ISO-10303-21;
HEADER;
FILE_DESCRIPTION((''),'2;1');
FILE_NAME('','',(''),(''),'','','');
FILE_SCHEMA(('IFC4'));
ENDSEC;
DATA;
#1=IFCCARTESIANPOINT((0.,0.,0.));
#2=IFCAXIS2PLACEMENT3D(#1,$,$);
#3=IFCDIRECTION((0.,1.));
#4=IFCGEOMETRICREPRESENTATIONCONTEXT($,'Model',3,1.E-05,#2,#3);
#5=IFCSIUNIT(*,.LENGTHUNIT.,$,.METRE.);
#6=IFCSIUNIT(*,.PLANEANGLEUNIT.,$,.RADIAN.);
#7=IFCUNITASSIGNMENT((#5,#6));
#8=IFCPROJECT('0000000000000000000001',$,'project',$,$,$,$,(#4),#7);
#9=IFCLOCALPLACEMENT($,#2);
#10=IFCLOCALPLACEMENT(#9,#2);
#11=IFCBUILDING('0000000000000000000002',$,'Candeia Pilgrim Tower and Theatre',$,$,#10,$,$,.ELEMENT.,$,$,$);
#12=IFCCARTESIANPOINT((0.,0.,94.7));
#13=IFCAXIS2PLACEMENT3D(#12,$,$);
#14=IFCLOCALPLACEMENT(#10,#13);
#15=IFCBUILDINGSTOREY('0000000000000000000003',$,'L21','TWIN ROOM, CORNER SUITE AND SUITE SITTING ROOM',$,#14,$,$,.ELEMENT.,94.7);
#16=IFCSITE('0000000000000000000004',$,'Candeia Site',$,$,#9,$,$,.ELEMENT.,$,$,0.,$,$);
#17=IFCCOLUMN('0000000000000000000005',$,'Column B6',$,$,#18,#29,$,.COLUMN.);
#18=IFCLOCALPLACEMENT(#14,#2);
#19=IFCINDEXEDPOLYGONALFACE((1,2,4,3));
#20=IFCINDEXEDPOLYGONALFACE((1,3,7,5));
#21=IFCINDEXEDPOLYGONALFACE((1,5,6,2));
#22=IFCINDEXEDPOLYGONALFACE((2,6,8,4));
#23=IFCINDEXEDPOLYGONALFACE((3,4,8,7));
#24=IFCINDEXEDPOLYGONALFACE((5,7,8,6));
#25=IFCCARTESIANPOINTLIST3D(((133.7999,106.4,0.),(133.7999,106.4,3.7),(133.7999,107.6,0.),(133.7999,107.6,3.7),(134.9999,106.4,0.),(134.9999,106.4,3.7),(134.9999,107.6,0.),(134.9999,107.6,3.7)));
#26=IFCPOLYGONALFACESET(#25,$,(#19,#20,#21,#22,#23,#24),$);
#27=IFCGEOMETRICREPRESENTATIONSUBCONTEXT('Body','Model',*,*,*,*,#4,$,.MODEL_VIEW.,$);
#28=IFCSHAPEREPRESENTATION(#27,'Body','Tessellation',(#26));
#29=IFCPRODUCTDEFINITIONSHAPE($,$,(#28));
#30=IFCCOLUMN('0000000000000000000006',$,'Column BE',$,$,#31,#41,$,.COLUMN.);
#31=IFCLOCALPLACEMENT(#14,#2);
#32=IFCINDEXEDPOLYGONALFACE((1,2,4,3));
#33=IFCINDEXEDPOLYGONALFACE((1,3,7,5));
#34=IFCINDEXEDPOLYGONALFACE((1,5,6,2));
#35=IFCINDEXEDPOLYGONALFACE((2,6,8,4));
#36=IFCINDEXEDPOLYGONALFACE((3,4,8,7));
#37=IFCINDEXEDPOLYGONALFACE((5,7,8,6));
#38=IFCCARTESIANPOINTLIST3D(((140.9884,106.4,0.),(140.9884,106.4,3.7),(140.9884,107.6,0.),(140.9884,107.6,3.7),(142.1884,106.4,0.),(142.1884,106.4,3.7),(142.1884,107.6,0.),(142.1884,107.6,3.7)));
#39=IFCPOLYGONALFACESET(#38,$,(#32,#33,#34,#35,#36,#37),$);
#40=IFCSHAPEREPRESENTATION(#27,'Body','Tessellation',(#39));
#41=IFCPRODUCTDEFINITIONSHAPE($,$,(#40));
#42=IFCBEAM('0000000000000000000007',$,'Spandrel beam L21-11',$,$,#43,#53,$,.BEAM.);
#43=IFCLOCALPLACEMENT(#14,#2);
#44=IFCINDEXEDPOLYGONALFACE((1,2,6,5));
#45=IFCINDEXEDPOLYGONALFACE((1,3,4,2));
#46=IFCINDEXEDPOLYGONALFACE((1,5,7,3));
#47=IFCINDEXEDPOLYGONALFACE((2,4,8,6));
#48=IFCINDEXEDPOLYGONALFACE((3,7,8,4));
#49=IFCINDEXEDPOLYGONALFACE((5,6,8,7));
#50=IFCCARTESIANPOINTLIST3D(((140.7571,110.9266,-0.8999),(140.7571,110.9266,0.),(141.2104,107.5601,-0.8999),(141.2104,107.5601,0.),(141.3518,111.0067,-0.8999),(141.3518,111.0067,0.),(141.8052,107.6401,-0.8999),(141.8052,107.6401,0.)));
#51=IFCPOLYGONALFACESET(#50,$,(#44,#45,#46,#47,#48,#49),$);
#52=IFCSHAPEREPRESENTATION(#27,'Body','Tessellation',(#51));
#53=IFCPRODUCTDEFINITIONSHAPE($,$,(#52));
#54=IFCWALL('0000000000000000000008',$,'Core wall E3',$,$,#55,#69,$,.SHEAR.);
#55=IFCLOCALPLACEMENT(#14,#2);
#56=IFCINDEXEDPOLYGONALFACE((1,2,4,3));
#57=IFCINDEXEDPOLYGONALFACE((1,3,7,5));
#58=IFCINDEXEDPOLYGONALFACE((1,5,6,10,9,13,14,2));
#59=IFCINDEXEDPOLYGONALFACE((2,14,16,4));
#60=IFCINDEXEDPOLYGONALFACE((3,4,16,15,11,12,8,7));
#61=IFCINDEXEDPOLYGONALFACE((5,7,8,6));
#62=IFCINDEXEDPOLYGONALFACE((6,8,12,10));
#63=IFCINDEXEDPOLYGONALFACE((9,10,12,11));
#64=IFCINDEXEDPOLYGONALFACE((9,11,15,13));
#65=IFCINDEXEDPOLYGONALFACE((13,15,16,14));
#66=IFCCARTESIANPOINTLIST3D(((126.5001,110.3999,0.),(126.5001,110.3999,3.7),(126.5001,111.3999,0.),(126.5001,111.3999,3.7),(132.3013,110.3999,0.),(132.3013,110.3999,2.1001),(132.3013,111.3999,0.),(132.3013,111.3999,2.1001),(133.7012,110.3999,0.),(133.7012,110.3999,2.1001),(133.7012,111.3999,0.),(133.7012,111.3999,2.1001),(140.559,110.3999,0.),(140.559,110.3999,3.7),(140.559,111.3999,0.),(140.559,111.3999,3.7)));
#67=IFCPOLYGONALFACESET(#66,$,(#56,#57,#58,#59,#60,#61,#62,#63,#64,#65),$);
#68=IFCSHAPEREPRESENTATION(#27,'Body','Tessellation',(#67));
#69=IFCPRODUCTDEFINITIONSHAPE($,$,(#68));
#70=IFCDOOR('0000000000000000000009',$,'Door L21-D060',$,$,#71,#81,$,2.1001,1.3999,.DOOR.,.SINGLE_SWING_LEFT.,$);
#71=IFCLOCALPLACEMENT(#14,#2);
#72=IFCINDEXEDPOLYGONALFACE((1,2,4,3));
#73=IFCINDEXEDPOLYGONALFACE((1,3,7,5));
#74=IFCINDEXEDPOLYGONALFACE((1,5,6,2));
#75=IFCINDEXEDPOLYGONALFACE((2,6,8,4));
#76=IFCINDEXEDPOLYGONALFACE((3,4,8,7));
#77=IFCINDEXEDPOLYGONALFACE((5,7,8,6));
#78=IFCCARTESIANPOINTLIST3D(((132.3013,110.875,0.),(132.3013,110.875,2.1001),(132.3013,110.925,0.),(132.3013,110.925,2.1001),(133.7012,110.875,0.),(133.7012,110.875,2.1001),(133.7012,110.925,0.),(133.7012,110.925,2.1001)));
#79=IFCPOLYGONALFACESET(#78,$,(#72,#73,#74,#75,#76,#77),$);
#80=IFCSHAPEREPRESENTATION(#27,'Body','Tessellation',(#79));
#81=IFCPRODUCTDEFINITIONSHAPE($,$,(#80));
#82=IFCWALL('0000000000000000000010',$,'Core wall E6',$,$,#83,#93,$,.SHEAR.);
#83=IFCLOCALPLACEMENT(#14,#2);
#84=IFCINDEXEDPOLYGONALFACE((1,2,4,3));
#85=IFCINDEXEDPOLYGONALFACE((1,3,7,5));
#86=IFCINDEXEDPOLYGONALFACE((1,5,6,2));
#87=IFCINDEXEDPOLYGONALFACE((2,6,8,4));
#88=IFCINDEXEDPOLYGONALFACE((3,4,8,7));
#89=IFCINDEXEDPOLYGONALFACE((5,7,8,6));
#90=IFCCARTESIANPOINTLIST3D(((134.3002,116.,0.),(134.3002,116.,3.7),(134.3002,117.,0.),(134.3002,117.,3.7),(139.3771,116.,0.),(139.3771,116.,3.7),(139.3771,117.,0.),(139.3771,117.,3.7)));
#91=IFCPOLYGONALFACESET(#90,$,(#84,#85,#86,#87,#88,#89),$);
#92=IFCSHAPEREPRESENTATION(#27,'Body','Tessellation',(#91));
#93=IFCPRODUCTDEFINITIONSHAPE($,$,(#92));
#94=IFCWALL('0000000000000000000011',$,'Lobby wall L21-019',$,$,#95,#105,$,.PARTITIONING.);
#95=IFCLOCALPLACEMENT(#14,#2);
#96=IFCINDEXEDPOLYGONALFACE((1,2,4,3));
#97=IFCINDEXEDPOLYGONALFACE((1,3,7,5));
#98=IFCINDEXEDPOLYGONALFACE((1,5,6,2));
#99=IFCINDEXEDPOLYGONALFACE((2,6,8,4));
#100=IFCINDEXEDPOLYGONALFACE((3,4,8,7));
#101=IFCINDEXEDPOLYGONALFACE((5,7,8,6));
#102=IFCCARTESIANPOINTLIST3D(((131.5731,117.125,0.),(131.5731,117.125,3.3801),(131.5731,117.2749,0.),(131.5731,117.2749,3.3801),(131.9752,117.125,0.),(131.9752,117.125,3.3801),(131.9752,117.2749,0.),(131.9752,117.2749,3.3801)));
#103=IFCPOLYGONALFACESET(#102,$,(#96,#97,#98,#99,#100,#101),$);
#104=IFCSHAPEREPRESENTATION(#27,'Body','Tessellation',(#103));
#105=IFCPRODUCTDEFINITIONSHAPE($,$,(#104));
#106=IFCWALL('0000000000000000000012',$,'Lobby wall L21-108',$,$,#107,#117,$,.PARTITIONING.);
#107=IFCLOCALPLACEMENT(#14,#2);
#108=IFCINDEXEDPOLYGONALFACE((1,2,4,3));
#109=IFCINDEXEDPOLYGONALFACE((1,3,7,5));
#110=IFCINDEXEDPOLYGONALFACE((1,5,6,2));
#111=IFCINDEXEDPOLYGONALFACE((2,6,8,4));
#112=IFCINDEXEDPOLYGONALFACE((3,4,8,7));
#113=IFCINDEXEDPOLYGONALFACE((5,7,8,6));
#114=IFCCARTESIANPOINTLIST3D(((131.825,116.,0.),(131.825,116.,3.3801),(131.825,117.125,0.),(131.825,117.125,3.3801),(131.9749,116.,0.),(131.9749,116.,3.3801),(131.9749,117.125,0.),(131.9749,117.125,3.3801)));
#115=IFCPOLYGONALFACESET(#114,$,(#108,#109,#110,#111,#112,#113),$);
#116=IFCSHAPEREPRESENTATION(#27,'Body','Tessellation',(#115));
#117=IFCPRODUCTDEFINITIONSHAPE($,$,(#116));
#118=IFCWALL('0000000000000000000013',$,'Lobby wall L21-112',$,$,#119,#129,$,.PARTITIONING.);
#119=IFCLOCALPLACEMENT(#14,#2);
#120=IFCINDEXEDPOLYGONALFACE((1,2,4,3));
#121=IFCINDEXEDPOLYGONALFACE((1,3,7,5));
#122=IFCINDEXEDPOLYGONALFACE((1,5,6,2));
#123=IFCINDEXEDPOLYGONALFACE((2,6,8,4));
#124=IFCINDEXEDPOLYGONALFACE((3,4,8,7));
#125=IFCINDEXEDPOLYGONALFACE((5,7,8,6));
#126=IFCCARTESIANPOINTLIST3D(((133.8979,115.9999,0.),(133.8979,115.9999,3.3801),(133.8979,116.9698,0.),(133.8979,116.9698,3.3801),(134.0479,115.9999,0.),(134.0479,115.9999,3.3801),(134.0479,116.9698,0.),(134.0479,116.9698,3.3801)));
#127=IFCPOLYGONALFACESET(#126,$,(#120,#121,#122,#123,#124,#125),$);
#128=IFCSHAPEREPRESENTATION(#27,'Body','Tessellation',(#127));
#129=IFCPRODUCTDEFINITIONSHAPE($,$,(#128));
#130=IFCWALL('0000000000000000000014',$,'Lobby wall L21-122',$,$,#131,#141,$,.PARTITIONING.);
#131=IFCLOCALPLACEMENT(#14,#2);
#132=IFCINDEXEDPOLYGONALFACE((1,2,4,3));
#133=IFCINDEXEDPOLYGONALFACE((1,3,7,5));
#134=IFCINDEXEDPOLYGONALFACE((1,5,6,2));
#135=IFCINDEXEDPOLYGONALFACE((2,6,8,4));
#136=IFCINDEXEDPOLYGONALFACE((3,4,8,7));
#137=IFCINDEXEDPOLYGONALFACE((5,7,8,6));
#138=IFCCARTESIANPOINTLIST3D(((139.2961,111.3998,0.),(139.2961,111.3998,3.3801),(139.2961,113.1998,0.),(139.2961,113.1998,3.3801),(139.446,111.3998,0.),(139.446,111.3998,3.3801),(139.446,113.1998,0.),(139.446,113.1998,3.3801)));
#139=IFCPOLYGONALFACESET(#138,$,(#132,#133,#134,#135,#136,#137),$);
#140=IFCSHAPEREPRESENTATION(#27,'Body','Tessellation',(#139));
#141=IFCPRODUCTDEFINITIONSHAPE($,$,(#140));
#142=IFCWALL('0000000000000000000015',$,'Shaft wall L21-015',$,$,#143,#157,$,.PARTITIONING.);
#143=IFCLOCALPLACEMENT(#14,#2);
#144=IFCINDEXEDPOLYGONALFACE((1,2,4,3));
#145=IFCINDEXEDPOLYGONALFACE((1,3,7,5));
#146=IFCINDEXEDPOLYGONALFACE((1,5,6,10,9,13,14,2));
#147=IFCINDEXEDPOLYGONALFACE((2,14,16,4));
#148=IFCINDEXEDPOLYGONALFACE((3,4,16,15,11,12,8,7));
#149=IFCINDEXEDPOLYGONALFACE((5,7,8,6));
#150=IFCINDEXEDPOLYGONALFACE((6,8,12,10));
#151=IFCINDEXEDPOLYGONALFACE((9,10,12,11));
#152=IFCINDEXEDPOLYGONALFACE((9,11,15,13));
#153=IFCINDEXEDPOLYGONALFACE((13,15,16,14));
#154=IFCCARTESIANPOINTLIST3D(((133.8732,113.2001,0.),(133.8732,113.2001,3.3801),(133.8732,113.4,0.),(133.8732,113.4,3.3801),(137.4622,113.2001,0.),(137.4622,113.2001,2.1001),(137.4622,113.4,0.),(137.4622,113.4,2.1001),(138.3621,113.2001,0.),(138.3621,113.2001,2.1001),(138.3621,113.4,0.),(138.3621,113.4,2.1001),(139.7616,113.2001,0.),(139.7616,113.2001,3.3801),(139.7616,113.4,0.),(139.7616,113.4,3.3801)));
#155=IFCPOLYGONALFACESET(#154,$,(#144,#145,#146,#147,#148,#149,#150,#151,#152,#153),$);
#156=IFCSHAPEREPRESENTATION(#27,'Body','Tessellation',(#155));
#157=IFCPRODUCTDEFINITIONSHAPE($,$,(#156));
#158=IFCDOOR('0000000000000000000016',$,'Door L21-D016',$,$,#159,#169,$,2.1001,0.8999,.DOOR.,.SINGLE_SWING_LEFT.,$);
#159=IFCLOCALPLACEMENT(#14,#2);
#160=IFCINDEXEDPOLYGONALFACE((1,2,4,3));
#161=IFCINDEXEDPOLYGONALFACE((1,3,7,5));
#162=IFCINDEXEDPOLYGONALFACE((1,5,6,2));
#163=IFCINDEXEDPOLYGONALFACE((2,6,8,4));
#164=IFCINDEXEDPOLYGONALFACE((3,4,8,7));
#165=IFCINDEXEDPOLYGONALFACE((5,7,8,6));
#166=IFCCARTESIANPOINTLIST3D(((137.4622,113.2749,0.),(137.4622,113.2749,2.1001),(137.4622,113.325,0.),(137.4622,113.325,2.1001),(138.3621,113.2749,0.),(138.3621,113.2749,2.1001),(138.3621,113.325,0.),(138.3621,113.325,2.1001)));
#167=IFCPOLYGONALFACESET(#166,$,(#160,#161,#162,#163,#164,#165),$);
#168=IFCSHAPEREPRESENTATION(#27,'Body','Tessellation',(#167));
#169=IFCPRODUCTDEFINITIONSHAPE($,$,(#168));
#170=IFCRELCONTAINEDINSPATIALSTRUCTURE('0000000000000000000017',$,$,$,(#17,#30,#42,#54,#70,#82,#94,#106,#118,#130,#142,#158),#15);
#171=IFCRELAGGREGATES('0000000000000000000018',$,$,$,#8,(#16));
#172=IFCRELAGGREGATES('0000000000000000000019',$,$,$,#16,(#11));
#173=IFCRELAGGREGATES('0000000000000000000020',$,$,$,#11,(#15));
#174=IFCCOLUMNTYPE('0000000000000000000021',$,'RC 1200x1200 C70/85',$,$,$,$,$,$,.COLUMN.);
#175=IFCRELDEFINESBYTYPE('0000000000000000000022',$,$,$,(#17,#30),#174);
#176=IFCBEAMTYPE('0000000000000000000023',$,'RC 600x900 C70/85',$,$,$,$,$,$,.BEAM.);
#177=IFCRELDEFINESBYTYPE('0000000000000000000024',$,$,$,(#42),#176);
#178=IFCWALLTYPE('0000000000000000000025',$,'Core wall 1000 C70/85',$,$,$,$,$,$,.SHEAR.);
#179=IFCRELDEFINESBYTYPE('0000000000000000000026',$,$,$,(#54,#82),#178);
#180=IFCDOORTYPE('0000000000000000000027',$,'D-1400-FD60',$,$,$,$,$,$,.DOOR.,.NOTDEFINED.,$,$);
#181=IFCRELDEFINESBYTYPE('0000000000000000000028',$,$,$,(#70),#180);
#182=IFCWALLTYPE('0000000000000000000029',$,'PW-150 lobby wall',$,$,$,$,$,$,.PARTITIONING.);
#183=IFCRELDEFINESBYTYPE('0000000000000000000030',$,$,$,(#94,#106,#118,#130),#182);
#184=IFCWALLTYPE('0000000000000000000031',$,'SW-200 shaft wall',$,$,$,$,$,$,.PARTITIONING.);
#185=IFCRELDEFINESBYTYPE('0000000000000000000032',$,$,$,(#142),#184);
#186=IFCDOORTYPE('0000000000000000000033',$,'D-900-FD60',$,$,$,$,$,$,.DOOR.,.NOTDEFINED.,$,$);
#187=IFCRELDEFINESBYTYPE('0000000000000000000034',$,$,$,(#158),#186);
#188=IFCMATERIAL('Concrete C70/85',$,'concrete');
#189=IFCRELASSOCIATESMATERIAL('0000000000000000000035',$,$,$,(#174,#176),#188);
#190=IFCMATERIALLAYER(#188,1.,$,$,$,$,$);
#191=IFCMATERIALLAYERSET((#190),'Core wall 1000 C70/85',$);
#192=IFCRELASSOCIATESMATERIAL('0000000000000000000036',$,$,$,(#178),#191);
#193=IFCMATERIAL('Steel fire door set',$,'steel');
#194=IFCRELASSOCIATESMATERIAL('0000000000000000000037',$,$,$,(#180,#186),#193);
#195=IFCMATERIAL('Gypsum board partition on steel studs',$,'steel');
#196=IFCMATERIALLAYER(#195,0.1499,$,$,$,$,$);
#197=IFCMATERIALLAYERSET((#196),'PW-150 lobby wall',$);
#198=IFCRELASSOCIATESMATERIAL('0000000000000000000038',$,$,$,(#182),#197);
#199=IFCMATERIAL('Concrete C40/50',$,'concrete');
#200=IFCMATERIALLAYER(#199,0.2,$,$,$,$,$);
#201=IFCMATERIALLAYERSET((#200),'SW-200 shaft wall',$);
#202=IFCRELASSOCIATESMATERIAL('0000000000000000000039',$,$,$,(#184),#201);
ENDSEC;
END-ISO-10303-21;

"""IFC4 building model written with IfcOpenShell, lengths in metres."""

from ifc_helpers import new_model, si_unit, direction, frame, frame_2d, origin, origin_2d, place, context, subcontext, project, spatial, rectangle, extrude, material, layer, layer_set, material_profile, profile_set, type_object, element, fill, save


model = new_model("IFC4")

# Units and contexts
model_context = context("Model", 3, precision=1e-05, world=origin(), true_north=direction((0.0, 1.0)))
body_context = subcontext(model_context, "Body", "Model", "MODEL_VIEW")
ifc_project = project(units=[si_unit("LENGTHUNIT", "METRE"), si_unit("PLANEANGLEUNIT", "RADIAN")], contexts=[model_context])

# Site, building, storey
site_placement = place(None, origin())
site = spatial("IfcSite", under=ifc_project, at=site_placement, Name="Candeia Site", CompositionType="ELEMENT", RefElevation=0.0)
building_placement = place(site_placement, origin())
building = spatial("IfcBuilding", under=site, at=building_placement, Name="Candeia Pilgrim Tower and Theatre", CompositionType="ELEMENT")
storey_placement = place(building_placement, frame((0.0, 0.0, 94.7)))
storey = spatial("IfcBuildingStorey", under=building, at=storey_placement, Name="L21", Description="TWIN ROOM, CORNER SUITE AND SUITE SITTING ROOM", CompositionType="ELEMENT", Elevation=94.7)

# Columns
ifc_material_1 = material(Name="Concrete C70/85", Category="concrete")
ifc_material_profile_1 = material_profile(ifc_material_1, rectangle(XDim=1.2, YDim=1.2, at=origin_2d()))
ifc_profile_set_1 = profile_set([ifc_material_profile_1], Name="Concrete C70/85")
column_type = type_object("IfcColumnType", Name="RC 1200x1200 C70/85", PredefinedType="COLUMN", material=ifc_profile_set_1)
for number, where, z_axis, x_axis, name in (
    (1, (134.3999, 107.0, 0.0), (0.0, 0.0, 1.0), (1.0, 0.0, 0.0), "Column B6"),
    (2, (141.5884, 107.0, 0.0), (0.0, 0.0, 1.0), (1.0, 0.0, 0.0), "Column BE"),
):
    element("IfcColumn", number, at=place(storey_placement, frame(where, z_axis=z_axis, x_axis=x_axis)), inside=storey, type_object=column_type, Name=name, PredefinedType="COLUMN", context=body_context, shape_type="SweptSolid", body=[
        extrude(rectangle(XDim=1.2, YDim=1.2, at=origin_2d()), origin(), (0.0, 0.0, 1.0), 3.7),
    ])

# Beam
ifc_material_profile_2 = material_profile(ifc_material_1, rectangle(XDim=0.6001, YDim=0.8999, at=origin_2d()))
ifc_profile_set_2 = profile_set([ifc_material_profile_2], Name="Concrete C70/85")
beam_type = type_object("IfcBeamType", Name="RC 600x900 C70/85", PredefinedType="BEAM", material=ifc_profile_set_2)
beam_placement = place(storey_placement, frame((141.5078, 107.6001, -0.45), z_axis=(-0.133458, 0.991054, 0.0), x_axis=(-0.991054, -0.133458, 0.0)))
element("IfcBeam", 3, at=beam_placement, inside=storey, type_object=beam_type, Name="Spandrel beam L21-11", PredefinedType="BEAM", context=body_context, shape_type="SweptSolid", body=[
    extrude(rectangle(XDim=0.6001, YDim=0.8999, at=origin_2d()), origin(), (0.0, 0.0, 1.0), 3.397),
])

# Wall, opening, door
ifc_layer_1 = layer(ifc_material_1, 1.0)
ifc_layer_set_1 = layer_set([ifc_layer_1], Name="Core wall 1000 C70/85")
wall_type_1 = type_object("IfcWallType", Name="Core wall 1000 C70/85", PredefinedType="SHEAR", material=ifc_layer_set_1)
wall_1_placement = place(storey_placement, frame((140.5588, 110.8999, 0.0), z_axis=(0.0, 0.0, 1.0), x_axis=(-1.0, 0.0, 0.0)))
wall_1 = element("IfcWall", 4, at=wall_1_placement, inside=storey, type_object=wall_type_1, Name="Core wall E3", PredefinedType="SHEAR", context=body_context, shape_type="SweptSolid", body=[
    extrude(rectangle(XDim=14.0588, YDim=1.0, at=frame_2d((7.0293, 0.0))), origin(), (0.0, 0.0, 1.0), 3.7),
])
opening_1_placement = place(wall_1_placement, frame((6.8577, 0.0, 0.0)))
opening_1 = element("IfcOpeningElement", 5, at=opening_1_placement, cuts=wall_1, PredefinedType="OPENING", context=body_context, shape_type="SweptSolid", body=[
    extrude(rectangle(XDim=1.3999, YDim=2.1001, at=frame_2d((0.7, 1.05))), frame((0.0, 0.51, 0.0), z_axis=(0.0, -1.0, 0.0), x_axis=(1.0, 0.0, 0.0)), (0.0, 0.0, 1.0), 1.02),
])
ifc_material_2 = material(Name="Steel fire door set", Category="steel")
door_type_1 = type_object("IfcDoorType", Name="D-1400-FD60", OperationType="NOTDEFINED", PredefinedType="DOOR", material=ifc_material_2)
door_1_placement = place(opening_1_placement, origin())
door_1 = element("IfcDoor", 6, at=door_1_placement, inside=storey, type_object=door_type_1, Name="Door L21-D060", OperationType="SINGLE_SWING_LEFT", OverallHeight=2.1001, OverallWidth=1.3999, PredefinedType="DOOR", context=body_context, shape_type="SweptSolid", body=[
    extrude(rectangle(XDim=1.3999, YDim=2.1001, at=frame_2d((0.7, 1.05))), frame((0.0, 0.0249, 0.0), z_axis=(0.0, -1.0, 0.0), x_axis=(1.0, 0.0, 0.0)), (0.0, 0.0, 1.0), 0.05),
])
fill(opening_1, door_1)

# Walls
wall_2_placement = place(storey_placement, frame((134.3, 116.5, 0.0), z_axis=(0.0, 0.0, 1.0), x_axis=(1.0, 0.0, 0.0)))
element("IfcWall", 7, at=wall_2_placement, inside=storey, type_object=wall_type_1, Name="Core wall E6", PredefinedType="SHEAR", context=body_context, shape_type="SweptSolid", body=[
    extrude(rectangle(XDim=5.0769, YDim=1.0, at=frame_2d((2.5386, 0.0))), origin(), (0.0, 0.0, 1.0), 3.7),
])
ifc_material_3 = material(Name="Gypsum board partition on steel studs", Category="steel")
ifc_layer_2 = layer(ifc_material_3, 0.1499)
ifc_layer_set_2 = layer_set([ifc_layer_2], Name="PW-150 lobby wall")
wall_type_2 = type_object("IfcWallType", Name="PW-150 lobby wall", PredefinedType="PARTITIONING", material=ifc_layer_set_2)
wall_3_placement = place(storey_placement, frame((131.573, 117.2, 0.0), z_axis=(0.0, 0.0, 1.0), x_axis=(1.0, 0.0, 0.0)))
element("IfcWall", 8, at=wall_3_placement, inside=storey, type_object=wall_type_2, Name="Lobby wall L21-019", PredefinedType="PARTITIONING", context=body_context, shape_type="SweptSolid", body=[
    extrude(rectangle(XDim=0.4021, YDim=0.1499, at=frame_2d((0.2012, 0.0))), origin(), (0.0, 0.0, 1.0), 3.3801),
])
wall_4_placement = place(storey_placement, frame((131.8999, 116.0, 0.0), z_axis=(0.0, 0.0, 1.0), x_axis=(0.0, 1.0, 0.0)))
element("IfcWall", 9, at=wall_4_placement, inside=storey, type_object=wall_type_2, Name="Lobby wall L21-108", PredefinedType="PARTITIONING", context=body_context, shape_type="SweptSolid", body=[
    extrude(rectangle(XDim=1.125, YDim=0.1499, at=frame_2d((0.5625, 0.0))), origin(), (0.0, 0.0, 1.0), 3.3801),
])
wall_5_placement = place(storey_placement, frame((133.9729, 116.0, 0.0), z_axis=(0.0, 0.0, 1.0), x_axis=(0.0, 1.0, 0.0)))
element("IfcWall", 10, at=wall_5_placement, inside=storey, type_object=wall_type_2, Name="Lobby wall L21-112", PredefinedType="PARTITIONING", context=body_context, shape_type="SweptSolid", body=[
    extrude(rectangle(XDim=0.97, YDim=0.1499, at=frame_2d((0.4849, 0.0))), origin(), (0.0, 0.0, 1.0), 3.3801),
])
wall_6_placement = place(storey_placement, frame((139.3711, 111.3999, 0.0), z_axis=(0.0, 0.0, 1.0), x_axis=(0.0, 1.0, 0.0)))
element("IfcWall", 11, at=wall_6_placement, inside=storey, type_object=wall_type_2, Name="Lobby wall L21-122", PredefinedType="PARTITIONING", context=body_context, shape_type="SweptSolid", body=[
    extrude(rectangle(XDim=1.8, YDim=0.1499, at=frame_2d((0.8999, 0.0))), origin(), (0.0, 0.0, 1.0), 3.3801),
])

# Wall, opening, door
ifc_material_4 = material(Name="Concrete C40/50", Category="concrete")
ifc_layer_3 = layer(ifc_material_4, 0.2)
ifc_layer_set_3 = layer_set([ifc_layer_3], Name="SW-200 shaft wall")
wall_type_3 = type_object("IfcWallType", Name="SW-200 shaft wall", PredefinedType="PARTITIONING", material=ifc_layer_set_3)
wall_7_placement = place(storey_placement, frame((133.873, 113.3, 0.0), z_axis=(0.0, 0.0, 1.0), x_axis=(1.0, 0.0, 0.0)))
wall_7 = element("IfcWall", 12, at=wall_7_placement, inside=storey, type_object=wall_type_3, Name="Shaft wall L21-015", PredefinedType="PARTITIONING", context=body_context, shape_type="SweptSolid", body=[
    extrude(rectangle(XDim=5.8884, YDim=0.2, at=frame_2d((2.9443, 0.0))), origin(), (0.0, 0.0, 1.0), 3.3801),
])
opening_2_placement = place(wall_7_placement, frame((3.5891, 0.0, 0.0)))
opening_2 = element("IfcOpeningElement", 13, at=opening_2_placement, cuts=wall_7, PredefinedType="OPENING", context=body_context, shape_type="SweptSolid", body=[
    extrude(rectangle(XDim=0.8999, YDim=2.1001, at=frame_2d((0.45, 1.05))), frame((0.0, 0.1099, 0.0), z_axis=(0.0, -1.0, 0.0), x_axis=(1.0, 0.0, 0.0)), (0.0, 0.0, 1.0), 0.22),
])
door_type_2 = type_object("IfcDoorType", Name="D-900-FD60", OperationType="NOTDEFINED", PredefinedType="DOOR", material=ifc_material_2)
door_2_placement = place(opening_2_placement, origin())
door_2 = element("IfcDoor", 14, at=door_2_placement, inside=storey, type_object=door_type_2, Name="Door L21-D016", OperationType="SINGLE_SWING_LEFT", OverallHeight=2.1001, OverallWidth=0.8999, PredefinedType="DOOR", context=body_context, shape_type="SweptSolid", body=[
    extrude(rectangle(XDim=0.8999, YDim=2.1001, at=frame_2d((0.45, 1.05))), frame((0.0, 0.0249, 0.0), z_axis=(0.0, -1.0, 0.0), x_axis=(1.0, 0.0, 0.0)), (0.0, 0.0, 1.0), 0.05),
])
fill(opening_2, door_2)

save(model, "model.ifc")
